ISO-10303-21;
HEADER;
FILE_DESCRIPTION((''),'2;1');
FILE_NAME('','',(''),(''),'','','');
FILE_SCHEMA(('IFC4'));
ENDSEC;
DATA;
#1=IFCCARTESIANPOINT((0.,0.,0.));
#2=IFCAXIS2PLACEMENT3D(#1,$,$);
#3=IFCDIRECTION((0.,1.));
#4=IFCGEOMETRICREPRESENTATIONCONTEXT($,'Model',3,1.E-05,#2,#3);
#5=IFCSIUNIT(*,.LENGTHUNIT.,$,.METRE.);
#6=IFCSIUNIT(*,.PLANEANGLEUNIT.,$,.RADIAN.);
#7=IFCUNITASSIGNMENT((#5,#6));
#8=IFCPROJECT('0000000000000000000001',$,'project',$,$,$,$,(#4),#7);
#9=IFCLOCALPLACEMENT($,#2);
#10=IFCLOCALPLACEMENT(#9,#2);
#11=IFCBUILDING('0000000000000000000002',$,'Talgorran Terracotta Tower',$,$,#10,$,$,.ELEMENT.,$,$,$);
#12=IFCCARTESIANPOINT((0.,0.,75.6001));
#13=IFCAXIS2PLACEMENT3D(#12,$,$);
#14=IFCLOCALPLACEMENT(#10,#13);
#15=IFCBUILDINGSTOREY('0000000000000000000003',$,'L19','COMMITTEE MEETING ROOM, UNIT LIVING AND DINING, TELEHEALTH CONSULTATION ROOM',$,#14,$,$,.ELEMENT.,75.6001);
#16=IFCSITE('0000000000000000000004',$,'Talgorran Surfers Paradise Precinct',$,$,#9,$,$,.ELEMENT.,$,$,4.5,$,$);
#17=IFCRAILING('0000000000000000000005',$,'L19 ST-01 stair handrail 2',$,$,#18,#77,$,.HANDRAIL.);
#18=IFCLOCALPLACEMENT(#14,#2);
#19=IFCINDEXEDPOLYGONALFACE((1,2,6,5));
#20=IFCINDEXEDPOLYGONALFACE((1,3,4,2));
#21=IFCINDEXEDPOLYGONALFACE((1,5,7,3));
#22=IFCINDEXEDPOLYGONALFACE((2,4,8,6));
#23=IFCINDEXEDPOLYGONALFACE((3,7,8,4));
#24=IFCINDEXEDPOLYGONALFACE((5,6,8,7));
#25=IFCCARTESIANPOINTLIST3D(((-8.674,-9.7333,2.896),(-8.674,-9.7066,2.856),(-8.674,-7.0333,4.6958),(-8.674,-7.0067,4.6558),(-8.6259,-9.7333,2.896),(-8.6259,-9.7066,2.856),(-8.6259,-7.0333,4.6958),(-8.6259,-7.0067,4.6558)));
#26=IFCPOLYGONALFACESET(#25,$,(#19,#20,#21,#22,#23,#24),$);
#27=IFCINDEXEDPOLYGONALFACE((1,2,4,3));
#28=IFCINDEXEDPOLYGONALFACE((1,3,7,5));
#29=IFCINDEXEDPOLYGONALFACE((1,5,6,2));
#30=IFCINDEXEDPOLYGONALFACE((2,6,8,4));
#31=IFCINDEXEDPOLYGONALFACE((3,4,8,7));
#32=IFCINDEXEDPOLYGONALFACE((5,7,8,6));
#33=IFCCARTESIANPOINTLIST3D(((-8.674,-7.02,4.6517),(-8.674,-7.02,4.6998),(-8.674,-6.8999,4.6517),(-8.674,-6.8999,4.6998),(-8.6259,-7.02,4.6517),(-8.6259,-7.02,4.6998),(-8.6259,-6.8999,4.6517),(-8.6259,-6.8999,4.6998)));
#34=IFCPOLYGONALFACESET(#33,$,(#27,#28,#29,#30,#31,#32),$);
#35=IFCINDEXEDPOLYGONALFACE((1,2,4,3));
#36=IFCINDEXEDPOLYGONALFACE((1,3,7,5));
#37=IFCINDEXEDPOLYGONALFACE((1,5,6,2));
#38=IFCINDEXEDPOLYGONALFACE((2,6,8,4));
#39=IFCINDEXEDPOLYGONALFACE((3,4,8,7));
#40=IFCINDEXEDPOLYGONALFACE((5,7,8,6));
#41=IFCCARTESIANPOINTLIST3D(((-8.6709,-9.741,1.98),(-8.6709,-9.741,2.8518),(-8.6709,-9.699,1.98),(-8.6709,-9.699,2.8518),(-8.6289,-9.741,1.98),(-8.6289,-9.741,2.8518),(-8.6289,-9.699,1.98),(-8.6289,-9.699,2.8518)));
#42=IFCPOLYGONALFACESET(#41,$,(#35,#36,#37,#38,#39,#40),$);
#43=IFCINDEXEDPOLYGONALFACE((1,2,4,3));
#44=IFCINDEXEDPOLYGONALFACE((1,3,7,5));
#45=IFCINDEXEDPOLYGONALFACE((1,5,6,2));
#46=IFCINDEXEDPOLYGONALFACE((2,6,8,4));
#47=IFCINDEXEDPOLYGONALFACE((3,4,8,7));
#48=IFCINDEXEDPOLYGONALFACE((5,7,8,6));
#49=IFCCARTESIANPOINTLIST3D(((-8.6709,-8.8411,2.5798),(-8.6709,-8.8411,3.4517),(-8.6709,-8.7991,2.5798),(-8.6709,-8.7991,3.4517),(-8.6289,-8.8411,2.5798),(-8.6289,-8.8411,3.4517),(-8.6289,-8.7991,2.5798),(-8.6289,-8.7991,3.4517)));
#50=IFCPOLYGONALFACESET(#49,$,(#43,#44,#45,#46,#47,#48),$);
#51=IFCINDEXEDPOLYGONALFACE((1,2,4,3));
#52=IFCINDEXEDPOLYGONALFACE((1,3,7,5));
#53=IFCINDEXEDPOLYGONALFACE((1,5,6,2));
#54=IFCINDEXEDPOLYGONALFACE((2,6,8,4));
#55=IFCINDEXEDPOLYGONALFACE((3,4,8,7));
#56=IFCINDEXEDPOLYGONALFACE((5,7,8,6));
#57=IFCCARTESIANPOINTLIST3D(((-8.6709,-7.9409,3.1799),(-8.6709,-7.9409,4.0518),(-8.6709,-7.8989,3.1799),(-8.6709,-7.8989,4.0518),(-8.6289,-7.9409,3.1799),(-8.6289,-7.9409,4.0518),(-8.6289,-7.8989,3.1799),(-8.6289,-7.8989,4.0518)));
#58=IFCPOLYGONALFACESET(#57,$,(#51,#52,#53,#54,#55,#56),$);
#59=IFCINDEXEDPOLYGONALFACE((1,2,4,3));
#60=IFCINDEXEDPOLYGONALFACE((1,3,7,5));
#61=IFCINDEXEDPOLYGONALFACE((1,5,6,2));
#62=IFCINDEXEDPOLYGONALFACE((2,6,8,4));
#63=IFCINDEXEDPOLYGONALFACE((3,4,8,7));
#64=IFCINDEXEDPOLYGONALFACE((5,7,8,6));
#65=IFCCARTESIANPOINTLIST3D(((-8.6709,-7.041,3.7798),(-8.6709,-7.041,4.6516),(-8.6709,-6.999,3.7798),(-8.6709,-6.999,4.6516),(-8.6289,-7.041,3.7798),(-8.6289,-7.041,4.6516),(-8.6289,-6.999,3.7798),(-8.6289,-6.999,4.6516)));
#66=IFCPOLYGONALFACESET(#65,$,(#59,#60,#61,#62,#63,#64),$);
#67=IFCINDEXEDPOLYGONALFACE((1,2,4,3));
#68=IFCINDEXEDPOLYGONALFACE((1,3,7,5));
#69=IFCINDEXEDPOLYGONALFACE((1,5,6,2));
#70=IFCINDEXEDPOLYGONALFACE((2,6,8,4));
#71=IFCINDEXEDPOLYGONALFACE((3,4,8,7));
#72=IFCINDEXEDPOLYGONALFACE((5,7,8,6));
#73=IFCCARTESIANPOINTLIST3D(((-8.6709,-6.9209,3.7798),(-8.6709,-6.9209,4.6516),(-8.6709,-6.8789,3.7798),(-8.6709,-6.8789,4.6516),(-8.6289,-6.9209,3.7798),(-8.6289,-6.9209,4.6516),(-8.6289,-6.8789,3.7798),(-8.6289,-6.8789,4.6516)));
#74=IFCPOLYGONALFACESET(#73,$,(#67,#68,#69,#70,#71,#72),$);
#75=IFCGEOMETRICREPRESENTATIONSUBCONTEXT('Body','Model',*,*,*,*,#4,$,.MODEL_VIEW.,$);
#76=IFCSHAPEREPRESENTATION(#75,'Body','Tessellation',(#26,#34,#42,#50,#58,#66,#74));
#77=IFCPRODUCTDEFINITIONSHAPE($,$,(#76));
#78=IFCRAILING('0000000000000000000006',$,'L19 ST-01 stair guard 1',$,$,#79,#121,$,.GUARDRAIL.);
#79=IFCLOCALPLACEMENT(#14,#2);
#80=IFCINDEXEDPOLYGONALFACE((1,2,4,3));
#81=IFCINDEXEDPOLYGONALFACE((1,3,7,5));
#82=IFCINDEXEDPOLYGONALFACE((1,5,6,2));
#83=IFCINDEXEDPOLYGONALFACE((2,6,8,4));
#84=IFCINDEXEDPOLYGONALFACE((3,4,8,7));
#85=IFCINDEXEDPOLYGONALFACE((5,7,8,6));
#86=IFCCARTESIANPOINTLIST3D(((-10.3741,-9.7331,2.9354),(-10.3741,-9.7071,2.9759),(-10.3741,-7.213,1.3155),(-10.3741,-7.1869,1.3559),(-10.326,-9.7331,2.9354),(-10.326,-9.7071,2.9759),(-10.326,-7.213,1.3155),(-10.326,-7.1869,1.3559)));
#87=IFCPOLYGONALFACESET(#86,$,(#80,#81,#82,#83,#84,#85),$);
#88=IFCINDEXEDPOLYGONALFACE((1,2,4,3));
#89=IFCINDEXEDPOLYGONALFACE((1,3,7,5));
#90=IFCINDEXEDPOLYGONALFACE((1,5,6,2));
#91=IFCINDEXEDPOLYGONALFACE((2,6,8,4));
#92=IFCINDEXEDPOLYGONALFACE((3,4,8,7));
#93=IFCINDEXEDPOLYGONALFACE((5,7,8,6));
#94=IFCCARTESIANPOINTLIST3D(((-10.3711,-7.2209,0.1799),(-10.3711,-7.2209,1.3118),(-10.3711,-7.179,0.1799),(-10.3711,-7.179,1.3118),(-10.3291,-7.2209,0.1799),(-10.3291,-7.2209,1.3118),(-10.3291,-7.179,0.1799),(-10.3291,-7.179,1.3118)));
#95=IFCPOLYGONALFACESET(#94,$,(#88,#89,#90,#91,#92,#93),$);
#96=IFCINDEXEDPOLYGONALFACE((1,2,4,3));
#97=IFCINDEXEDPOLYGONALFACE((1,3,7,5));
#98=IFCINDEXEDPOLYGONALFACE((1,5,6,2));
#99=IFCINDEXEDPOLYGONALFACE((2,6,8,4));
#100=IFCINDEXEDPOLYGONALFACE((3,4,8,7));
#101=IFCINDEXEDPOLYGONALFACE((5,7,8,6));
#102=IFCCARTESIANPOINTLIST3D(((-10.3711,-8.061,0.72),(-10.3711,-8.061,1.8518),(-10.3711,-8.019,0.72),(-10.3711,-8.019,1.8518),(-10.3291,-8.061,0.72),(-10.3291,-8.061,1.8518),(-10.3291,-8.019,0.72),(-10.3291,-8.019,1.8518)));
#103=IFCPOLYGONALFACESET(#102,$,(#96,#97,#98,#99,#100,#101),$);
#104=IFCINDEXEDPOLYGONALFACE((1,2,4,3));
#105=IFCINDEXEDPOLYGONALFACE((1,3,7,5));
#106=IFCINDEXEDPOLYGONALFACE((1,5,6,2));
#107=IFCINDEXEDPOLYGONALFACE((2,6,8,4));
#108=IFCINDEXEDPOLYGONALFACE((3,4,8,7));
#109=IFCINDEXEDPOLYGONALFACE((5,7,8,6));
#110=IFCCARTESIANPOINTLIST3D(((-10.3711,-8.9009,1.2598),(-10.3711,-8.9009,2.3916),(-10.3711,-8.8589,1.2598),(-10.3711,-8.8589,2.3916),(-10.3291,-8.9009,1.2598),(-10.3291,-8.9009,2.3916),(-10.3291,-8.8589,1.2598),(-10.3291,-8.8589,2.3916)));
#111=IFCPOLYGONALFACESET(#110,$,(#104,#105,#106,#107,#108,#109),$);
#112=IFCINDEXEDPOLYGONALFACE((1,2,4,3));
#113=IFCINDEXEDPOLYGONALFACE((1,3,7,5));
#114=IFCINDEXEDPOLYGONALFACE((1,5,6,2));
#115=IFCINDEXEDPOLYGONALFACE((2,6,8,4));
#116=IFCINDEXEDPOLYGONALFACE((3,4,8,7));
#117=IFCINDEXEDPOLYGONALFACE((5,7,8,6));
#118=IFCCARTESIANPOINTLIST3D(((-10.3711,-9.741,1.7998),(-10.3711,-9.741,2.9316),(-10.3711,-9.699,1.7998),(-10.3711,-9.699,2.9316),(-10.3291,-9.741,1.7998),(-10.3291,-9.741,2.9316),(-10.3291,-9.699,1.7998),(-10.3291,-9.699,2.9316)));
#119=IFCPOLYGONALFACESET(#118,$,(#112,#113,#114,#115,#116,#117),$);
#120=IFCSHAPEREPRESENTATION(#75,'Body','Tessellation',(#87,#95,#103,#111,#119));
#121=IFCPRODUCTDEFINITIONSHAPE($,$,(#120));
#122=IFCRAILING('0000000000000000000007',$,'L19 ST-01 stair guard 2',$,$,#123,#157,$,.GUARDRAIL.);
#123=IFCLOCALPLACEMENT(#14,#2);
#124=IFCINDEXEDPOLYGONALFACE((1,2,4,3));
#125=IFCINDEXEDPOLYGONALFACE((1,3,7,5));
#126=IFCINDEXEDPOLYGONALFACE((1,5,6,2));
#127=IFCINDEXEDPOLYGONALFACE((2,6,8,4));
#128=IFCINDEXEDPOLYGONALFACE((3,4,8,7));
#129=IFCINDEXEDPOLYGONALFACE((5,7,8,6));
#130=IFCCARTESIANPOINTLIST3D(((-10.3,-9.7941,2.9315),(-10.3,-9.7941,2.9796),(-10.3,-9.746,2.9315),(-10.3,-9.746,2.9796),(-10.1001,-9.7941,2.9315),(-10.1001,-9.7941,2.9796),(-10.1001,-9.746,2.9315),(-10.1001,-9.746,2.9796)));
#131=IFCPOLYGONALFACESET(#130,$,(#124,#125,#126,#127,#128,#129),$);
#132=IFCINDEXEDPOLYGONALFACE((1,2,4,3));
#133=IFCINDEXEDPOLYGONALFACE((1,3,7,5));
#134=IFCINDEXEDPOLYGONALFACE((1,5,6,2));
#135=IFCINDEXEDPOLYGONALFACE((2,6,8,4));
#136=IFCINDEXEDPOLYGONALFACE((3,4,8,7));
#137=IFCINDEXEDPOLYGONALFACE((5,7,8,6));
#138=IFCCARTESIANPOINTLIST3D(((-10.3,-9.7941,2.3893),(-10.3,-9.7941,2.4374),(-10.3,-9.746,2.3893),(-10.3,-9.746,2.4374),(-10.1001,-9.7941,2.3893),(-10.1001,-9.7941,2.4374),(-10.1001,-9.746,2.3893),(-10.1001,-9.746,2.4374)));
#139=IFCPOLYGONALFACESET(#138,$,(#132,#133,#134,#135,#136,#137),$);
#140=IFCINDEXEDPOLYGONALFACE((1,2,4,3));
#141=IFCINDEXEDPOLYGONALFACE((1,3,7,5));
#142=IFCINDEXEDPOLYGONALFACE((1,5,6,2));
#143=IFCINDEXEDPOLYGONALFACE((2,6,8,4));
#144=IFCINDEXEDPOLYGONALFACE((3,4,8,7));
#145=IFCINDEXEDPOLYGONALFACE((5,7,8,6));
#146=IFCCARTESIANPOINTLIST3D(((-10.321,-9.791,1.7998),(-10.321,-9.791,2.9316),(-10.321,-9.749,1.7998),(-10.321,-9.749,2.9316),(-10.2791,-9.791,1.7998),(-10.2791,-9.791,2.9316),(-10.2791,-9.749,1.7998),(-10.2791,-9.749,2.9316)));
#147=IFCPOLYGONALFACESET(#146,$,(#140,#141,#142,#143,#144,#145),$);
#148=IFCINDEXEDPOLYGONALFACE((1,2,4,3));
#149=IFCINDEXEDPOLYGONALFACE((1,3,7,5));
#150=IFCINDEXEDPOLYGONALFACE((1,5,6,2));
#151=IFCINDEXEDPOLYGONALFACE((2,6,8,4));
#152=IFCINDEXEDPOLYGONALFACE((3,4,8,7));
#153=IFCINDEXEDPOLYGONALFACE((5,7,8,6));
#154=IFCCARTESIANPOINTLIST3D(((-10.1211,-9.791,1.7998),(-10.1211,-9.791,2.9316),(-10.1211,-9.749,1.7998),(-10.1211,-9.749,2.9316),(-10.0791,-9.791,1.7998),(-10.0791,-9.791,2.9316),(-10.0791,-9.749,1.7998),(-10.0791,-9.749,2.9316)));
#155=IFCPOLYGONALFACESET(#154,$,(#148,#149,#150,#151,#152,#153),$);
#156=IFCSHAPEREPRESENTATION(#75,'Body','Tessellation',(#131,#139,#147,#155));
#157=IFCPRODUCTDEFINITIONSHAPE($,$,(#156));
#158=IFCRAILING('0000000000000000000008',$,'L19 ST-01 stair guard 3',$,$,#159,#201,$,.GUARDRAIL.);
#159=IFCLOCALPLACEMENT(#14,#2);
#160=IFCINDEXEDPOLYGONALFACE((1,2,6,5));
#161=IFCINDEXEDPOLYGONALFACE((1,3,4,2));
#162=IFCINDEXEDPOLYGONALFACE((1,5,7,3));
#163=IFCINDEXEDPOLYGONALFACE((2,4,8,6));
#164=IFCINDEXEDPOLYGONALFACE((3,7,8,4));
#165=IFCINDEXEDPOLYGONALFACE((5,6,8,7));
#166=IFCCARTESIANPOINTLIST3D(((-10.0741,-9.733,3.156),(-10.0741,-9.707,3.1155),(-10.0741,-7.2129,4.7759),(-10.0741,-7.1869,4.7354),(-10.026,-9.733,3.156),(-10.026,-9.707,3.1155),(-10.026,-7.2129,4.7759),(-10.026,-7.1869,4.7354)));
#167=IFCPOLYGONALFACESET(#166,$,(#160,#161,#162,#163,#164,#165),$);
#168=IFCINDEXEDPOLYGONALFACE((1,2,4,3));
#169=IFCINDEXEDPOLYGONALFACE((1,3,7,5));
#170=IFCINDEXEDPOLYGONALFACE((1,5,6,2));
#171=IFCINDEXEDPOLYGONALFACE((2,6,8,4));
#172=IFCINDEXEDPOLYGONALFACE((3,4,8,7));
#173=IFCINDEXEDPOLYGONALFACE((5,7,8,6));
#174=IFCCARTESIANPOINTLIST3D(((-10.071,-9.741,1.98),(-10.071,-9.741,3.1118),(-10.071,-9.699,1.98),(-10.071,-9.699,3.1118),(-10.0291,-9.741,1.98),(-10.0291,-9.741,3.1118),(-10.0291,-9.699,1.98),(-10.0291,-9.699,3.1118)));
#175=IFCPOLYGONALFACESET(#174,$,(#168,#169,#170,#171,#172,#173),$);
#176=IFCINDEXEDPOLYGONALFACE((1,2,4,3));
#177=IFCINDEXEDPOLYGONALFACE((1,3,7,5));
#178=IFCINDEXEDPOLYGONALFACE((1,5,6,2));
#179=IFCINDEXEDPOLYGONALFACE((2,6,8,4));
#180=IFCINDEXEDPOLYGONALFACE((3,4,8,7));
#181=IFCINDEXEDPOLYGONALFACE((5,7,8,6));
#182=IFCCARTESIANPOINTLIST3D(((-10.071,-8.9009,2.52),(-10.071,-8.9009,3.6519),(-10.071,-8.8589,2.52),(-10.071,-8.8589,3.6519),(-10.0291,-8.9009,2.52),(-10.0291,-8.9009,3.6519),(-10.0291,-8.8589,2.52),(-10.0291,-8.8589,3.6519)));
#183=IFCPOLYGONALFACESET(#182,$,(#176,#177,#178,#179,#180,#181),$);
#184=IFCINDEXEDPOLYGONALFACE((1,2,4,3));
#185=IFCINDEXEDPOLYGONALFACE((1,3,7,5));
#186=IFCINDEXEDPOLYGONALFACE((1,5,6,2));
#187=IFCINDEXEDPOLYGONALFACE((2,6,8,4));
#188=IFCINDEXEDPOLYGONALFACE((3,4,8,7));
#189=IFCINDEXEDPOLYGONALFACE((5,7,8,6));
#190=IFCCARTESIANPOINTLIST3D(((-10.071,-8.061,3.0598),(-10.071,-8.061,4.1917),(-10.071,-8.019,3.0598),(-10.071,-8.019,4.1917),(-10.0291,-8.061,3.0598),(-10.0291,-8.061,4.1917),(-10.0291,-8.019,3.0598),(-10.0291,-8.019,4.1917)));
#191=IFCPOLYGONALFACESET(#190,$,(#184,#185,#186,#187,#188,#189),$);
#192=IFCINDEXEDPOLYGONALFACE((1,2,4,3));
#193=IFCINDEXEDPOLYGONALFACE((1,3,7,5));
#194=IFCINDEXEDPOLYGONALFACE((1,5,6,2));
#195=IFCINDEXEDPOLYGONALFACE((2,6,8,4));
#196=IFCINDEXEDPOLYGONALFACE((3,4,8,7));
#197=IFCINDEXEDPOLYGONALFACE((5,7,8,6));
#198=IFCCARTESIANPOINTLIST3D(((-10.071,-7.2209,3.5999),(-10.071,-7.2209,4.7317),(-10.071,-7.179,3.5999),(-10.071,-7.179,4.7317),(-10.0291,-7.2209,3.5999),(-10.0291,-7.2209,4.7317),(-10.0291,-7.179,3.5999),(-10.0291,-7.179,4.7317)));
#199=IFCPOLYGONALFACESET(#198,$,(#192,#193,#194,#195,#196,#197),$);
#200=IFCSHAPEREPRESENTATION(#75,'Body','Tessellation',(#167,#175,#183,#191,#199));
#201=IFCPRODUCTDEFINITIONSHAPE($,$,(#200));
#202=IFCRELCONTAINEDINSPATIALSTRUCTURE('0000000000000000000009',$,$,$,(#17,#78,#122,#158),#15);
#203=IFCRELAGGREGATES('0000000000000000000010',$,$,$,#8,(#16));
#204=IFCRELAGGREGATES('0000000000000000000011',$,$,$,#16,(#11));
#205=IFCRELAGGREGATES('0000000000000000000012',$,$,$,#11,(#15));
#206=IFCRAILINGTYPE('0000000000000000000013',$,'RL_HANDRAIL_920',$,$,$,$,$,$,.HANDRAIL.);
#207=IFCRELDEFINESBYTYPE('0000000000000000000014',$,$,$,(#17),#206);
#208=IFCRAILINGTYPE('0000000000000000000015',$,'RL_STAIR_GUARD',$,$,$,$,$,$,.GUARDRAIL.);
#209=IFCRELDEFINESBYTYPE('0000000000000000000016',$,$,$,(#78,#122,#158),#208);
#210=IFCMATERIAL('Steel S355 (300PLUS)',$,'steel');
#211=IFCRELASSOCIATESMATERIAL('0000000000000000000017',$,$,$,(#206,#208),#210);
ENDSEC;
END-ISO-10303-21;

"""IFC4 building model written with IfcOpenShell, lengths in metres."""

from ifc_helpers import new_model, si_unit, direction, frame, origin, origin_2d, place, context, subcontext, project, spatial, rectangle, extrude, material, type_object, element, save


model = new_model("IFC4")

# Units and contexts
model_context = context("Model", 3, precision=1e-05, world=origin(), true_north=direction((0.0, 1.0)))
body_context = subcontext(model_context, "Body", "Model", "MODEL_VIEW")
ifc_project = project(units=[si_unit("LENGTHUNIT", "METRE"), si_unit("PLANEANGLEUNIT", "RADIAN")], contexts=[model_context])

# Site, building, storey
site_placement = place(None, origin())
site = spatial("IfcSite", under=ifc_project, at=site_placement, Name="Talgorran Surfers Paradise Precinct", CompositionType="ELEMENT", RefElevation=4.5)
building_placement = place(site_placement, origin())
building = spatial("IfcBuilding", under=site, at=building_placement, Name="Talgorran Terracotta Tower", CompositionType="ELEMENT")
storey_placement = place(building_placement, frame((0.0, 0.0, 75.6001)))
storey = spatial("IfcBuildingStorey", under=building, at=storey_placement, Name="L19", Description="COMMITTEE MEETING ROOM, UNIT LIVING AND DINING, TELEHEALTH CONSULTATION ROOM", CompositionType="ELEMENT", Elevation=75.6001)

# Shared definitions
ifc_material_1 = material(Name="Steel S355 (300PLUS)", Category="steel")

# Railings
railing_type_1 = type_object("IfcRailingType", Name="RL_HANDRAIL_920", PredefinedType="HANDRAIL", material=ifc_material_1)
railing_1_placement = place(storey_placement, frame((-8.6499, -9.72, 1.98)))
element("IfcRailing", 1, at=railing_1_placement, inside=storey, type_object=railing_type_1, Name="L19 ST-01 stair handrail 2", PredefinedType="HANDRAIL", context=body_context, shape_type="SweptSolid", body=[
    extrude(rectangle(XDim=0.0481, YDim=0.0481, at=origin_2d()), frame((0.0, 0.0, 0.896), z_axis=(0.0, 0.832073, 0.554665), x_axis=(-1.0, 0.0, 0.0)), (0.0, 0.0, 1.0), 3.2449),
    extrude(rectangle(XDim=0.0481, YDim=0.0481, at=origin_2d()), frame((0.0, 2.7, 2.6958), z_axis=(0.0, 1.0, 0.0), x_axis=(-1.0, 0.0, 0.0)), (0.0, 0.0, 1.0), 0.1201),
    extrude(rectangle(XDim=0.042, YDim=0.042, at=origin_2d()), origin(), (0.0, 0.0, 1.0), 0.8718),
    extrude(rectangle(XDim=0.042, YDim=0.042, at=origin_2d()), frame((0.0, 0.8999, 0.5999)), (0.0, 0.0, 1.0), 0.8718),
    extrude(rectangle(XDim=0.042, YDim=0.042, at=origin_2d()), frame((0.0, 1.8, 1.2)), (0.0, 0.0, 1.0), 0.8718),
    extrude(rectangle(XDim=0.042, YDim=0.042, at=origin_2d()), frame((0.0, 2.7, 1.7998)), (0.0, 0.0, 1.0), 0.8718),
    extrude(rectangle(XDim=0.042, YDim=0.042, at=origin_2d()), frame((0.0, 2.8201, 1.7998)), (0.0, 0.0, 1.0), 0.8718),
])
railing_type_2 = type_object("IfcRailingType", Name="RL_STAIR_GUARD", PredefinedType="GUARDRAIL", material=ifc_material_1)
railing_2_placement = place(storey_placement, frame((-10.3501, -7.2, 0.1799)))
element("IfcRailing", 2, at=railing_2_placement, inside=storey, type_object=railing_type_2, Name="L19 ST-01 stair guard 1", PredefinedType="GUARDRAIL", context=body_context, shape_type="SweptSolid", body=[
    extrude(rectangle(XDim=0.0481, YDim=0.0481, at=origin_2d()), frame((0.0, 0.0, 1.1558), z_axis=(0.0, -0.8412, 0.540725), x_axis=(1.0, 0.0, 0.0)), (0.0, 0.0, 1.0), 2.9958),
    extrude(rectangle(XDim=0.042, YDim=0.042, at=origin_2d()), origin(), (0.0, 0.0, 1.0), 1.1318),
    extrude(rectangle(XDim=0.042, YDim=0.042, at=origin_2d()), frame((0.0, -0.8401, 0.54)), (0.0, 0.0, 1.0), 1.1318),
    extrude(rectangle(XDim=0.042, YDim=0.042, at=origin_2d()), frame((0.0, -1.6799, 1.0798)), (0.0, 0.0, 1.0), 1.1318),
    extrude(rectangle(XDim=0.042, YDim=0.042, at=origin_2d()), frame((0.0, -2.52, 1.6199)), (0.0, 0.0, 1.0), 1.1318),
])
railing_3_placement = place(storey_placement, frame((-10.3, -9.77, 1.7998)))
element("IfcRailing", 3, at=railing_3_placement, inside=storey, type_object=railing_type_2, Name="L19 ST-01 stair guard 2", PredefinedType="GUARDRAIL", context=body_context, shape_type="SweptSolid", body=[
    extrude(rectangle(XDim=0.0481, YDim=0.0481, at=origin_2d()), frame((0.0, 0.0, 1.1558), z_axis=(1.0, 0.0, 0.0), x_axis=(0.0, 1.0, 0.0)), (0.0, 0.0, 1.0), 0.2),
    extrude(rectangle(XDim=0.0481, YDim=0.0481, at=origin_2d()), frame((0.0, 0.0, 0.6135), z_axis=(1.0, 0.0, 0.0), x_axis=(0.0, 1.0, 0.0)), (0.0, 0.0, 1.0), 0.2),
    extrude(rectangle(XDim=0.042, YDim=0.042, at=origin_2d()), origin(), (0.0, 0.0, 1.0), 1.1318),
    extrude(rectangle(XDim=0.042, YDim=0.042, at=origin_2d()), frame((0.2, 0.0, 0.0)), (0.0, 0.0, 1.0), 1.1318),
])
railing_4_placement = place(storey_placement, frame((-10.05, -9.72, 1.98)))
element("IfcRailing", 4, at=railing_4_placement, inside=storey, type_object=railing_type_2, Name="L19 ST-01 stair guard 3", PredefinedType="GUARDRAIL", context=body_context, shape_type="SweptSolid", body=[
    extrude(rectangle(XDim=0.0481, YDim=0.0481, at=origin_2d()), frame((0.0, 0.0, 1.1558), z_axis=(0.0, 0.8412, 0.540725), x_axis=(-1.0, 0.0, 0.0)), (0.0, 0.0, 1.0), 2.9958),
    extrude(rectangle(XDim=0.042, YDim=0.042, at=origin_2d()), origin(), (0.0, 0.0, 1.0), 1.1318),
    extrude(rectangle(XDim=0.042, YDim=0.042, at=origin_2d()), frame((0.0, 0.8401, 0.54)), (0.0, 0.0, 1.0), 1.1318),
    extrude(rectangle(XDim=0.042, YDim=0.042, at=origin_2d()), frame((0.0, 1.6799, 1.0798)), (0.0, 0.0, 1.0), 1.1318),
    extrude(rectangle(XDim=0.042, YDim=0.042, at=origin_2d()), frame((0.0, 2.52, 1.6199)), (0.0, 0.0, 1.0), 1.1318),
])

save(model, "model.ifc")
